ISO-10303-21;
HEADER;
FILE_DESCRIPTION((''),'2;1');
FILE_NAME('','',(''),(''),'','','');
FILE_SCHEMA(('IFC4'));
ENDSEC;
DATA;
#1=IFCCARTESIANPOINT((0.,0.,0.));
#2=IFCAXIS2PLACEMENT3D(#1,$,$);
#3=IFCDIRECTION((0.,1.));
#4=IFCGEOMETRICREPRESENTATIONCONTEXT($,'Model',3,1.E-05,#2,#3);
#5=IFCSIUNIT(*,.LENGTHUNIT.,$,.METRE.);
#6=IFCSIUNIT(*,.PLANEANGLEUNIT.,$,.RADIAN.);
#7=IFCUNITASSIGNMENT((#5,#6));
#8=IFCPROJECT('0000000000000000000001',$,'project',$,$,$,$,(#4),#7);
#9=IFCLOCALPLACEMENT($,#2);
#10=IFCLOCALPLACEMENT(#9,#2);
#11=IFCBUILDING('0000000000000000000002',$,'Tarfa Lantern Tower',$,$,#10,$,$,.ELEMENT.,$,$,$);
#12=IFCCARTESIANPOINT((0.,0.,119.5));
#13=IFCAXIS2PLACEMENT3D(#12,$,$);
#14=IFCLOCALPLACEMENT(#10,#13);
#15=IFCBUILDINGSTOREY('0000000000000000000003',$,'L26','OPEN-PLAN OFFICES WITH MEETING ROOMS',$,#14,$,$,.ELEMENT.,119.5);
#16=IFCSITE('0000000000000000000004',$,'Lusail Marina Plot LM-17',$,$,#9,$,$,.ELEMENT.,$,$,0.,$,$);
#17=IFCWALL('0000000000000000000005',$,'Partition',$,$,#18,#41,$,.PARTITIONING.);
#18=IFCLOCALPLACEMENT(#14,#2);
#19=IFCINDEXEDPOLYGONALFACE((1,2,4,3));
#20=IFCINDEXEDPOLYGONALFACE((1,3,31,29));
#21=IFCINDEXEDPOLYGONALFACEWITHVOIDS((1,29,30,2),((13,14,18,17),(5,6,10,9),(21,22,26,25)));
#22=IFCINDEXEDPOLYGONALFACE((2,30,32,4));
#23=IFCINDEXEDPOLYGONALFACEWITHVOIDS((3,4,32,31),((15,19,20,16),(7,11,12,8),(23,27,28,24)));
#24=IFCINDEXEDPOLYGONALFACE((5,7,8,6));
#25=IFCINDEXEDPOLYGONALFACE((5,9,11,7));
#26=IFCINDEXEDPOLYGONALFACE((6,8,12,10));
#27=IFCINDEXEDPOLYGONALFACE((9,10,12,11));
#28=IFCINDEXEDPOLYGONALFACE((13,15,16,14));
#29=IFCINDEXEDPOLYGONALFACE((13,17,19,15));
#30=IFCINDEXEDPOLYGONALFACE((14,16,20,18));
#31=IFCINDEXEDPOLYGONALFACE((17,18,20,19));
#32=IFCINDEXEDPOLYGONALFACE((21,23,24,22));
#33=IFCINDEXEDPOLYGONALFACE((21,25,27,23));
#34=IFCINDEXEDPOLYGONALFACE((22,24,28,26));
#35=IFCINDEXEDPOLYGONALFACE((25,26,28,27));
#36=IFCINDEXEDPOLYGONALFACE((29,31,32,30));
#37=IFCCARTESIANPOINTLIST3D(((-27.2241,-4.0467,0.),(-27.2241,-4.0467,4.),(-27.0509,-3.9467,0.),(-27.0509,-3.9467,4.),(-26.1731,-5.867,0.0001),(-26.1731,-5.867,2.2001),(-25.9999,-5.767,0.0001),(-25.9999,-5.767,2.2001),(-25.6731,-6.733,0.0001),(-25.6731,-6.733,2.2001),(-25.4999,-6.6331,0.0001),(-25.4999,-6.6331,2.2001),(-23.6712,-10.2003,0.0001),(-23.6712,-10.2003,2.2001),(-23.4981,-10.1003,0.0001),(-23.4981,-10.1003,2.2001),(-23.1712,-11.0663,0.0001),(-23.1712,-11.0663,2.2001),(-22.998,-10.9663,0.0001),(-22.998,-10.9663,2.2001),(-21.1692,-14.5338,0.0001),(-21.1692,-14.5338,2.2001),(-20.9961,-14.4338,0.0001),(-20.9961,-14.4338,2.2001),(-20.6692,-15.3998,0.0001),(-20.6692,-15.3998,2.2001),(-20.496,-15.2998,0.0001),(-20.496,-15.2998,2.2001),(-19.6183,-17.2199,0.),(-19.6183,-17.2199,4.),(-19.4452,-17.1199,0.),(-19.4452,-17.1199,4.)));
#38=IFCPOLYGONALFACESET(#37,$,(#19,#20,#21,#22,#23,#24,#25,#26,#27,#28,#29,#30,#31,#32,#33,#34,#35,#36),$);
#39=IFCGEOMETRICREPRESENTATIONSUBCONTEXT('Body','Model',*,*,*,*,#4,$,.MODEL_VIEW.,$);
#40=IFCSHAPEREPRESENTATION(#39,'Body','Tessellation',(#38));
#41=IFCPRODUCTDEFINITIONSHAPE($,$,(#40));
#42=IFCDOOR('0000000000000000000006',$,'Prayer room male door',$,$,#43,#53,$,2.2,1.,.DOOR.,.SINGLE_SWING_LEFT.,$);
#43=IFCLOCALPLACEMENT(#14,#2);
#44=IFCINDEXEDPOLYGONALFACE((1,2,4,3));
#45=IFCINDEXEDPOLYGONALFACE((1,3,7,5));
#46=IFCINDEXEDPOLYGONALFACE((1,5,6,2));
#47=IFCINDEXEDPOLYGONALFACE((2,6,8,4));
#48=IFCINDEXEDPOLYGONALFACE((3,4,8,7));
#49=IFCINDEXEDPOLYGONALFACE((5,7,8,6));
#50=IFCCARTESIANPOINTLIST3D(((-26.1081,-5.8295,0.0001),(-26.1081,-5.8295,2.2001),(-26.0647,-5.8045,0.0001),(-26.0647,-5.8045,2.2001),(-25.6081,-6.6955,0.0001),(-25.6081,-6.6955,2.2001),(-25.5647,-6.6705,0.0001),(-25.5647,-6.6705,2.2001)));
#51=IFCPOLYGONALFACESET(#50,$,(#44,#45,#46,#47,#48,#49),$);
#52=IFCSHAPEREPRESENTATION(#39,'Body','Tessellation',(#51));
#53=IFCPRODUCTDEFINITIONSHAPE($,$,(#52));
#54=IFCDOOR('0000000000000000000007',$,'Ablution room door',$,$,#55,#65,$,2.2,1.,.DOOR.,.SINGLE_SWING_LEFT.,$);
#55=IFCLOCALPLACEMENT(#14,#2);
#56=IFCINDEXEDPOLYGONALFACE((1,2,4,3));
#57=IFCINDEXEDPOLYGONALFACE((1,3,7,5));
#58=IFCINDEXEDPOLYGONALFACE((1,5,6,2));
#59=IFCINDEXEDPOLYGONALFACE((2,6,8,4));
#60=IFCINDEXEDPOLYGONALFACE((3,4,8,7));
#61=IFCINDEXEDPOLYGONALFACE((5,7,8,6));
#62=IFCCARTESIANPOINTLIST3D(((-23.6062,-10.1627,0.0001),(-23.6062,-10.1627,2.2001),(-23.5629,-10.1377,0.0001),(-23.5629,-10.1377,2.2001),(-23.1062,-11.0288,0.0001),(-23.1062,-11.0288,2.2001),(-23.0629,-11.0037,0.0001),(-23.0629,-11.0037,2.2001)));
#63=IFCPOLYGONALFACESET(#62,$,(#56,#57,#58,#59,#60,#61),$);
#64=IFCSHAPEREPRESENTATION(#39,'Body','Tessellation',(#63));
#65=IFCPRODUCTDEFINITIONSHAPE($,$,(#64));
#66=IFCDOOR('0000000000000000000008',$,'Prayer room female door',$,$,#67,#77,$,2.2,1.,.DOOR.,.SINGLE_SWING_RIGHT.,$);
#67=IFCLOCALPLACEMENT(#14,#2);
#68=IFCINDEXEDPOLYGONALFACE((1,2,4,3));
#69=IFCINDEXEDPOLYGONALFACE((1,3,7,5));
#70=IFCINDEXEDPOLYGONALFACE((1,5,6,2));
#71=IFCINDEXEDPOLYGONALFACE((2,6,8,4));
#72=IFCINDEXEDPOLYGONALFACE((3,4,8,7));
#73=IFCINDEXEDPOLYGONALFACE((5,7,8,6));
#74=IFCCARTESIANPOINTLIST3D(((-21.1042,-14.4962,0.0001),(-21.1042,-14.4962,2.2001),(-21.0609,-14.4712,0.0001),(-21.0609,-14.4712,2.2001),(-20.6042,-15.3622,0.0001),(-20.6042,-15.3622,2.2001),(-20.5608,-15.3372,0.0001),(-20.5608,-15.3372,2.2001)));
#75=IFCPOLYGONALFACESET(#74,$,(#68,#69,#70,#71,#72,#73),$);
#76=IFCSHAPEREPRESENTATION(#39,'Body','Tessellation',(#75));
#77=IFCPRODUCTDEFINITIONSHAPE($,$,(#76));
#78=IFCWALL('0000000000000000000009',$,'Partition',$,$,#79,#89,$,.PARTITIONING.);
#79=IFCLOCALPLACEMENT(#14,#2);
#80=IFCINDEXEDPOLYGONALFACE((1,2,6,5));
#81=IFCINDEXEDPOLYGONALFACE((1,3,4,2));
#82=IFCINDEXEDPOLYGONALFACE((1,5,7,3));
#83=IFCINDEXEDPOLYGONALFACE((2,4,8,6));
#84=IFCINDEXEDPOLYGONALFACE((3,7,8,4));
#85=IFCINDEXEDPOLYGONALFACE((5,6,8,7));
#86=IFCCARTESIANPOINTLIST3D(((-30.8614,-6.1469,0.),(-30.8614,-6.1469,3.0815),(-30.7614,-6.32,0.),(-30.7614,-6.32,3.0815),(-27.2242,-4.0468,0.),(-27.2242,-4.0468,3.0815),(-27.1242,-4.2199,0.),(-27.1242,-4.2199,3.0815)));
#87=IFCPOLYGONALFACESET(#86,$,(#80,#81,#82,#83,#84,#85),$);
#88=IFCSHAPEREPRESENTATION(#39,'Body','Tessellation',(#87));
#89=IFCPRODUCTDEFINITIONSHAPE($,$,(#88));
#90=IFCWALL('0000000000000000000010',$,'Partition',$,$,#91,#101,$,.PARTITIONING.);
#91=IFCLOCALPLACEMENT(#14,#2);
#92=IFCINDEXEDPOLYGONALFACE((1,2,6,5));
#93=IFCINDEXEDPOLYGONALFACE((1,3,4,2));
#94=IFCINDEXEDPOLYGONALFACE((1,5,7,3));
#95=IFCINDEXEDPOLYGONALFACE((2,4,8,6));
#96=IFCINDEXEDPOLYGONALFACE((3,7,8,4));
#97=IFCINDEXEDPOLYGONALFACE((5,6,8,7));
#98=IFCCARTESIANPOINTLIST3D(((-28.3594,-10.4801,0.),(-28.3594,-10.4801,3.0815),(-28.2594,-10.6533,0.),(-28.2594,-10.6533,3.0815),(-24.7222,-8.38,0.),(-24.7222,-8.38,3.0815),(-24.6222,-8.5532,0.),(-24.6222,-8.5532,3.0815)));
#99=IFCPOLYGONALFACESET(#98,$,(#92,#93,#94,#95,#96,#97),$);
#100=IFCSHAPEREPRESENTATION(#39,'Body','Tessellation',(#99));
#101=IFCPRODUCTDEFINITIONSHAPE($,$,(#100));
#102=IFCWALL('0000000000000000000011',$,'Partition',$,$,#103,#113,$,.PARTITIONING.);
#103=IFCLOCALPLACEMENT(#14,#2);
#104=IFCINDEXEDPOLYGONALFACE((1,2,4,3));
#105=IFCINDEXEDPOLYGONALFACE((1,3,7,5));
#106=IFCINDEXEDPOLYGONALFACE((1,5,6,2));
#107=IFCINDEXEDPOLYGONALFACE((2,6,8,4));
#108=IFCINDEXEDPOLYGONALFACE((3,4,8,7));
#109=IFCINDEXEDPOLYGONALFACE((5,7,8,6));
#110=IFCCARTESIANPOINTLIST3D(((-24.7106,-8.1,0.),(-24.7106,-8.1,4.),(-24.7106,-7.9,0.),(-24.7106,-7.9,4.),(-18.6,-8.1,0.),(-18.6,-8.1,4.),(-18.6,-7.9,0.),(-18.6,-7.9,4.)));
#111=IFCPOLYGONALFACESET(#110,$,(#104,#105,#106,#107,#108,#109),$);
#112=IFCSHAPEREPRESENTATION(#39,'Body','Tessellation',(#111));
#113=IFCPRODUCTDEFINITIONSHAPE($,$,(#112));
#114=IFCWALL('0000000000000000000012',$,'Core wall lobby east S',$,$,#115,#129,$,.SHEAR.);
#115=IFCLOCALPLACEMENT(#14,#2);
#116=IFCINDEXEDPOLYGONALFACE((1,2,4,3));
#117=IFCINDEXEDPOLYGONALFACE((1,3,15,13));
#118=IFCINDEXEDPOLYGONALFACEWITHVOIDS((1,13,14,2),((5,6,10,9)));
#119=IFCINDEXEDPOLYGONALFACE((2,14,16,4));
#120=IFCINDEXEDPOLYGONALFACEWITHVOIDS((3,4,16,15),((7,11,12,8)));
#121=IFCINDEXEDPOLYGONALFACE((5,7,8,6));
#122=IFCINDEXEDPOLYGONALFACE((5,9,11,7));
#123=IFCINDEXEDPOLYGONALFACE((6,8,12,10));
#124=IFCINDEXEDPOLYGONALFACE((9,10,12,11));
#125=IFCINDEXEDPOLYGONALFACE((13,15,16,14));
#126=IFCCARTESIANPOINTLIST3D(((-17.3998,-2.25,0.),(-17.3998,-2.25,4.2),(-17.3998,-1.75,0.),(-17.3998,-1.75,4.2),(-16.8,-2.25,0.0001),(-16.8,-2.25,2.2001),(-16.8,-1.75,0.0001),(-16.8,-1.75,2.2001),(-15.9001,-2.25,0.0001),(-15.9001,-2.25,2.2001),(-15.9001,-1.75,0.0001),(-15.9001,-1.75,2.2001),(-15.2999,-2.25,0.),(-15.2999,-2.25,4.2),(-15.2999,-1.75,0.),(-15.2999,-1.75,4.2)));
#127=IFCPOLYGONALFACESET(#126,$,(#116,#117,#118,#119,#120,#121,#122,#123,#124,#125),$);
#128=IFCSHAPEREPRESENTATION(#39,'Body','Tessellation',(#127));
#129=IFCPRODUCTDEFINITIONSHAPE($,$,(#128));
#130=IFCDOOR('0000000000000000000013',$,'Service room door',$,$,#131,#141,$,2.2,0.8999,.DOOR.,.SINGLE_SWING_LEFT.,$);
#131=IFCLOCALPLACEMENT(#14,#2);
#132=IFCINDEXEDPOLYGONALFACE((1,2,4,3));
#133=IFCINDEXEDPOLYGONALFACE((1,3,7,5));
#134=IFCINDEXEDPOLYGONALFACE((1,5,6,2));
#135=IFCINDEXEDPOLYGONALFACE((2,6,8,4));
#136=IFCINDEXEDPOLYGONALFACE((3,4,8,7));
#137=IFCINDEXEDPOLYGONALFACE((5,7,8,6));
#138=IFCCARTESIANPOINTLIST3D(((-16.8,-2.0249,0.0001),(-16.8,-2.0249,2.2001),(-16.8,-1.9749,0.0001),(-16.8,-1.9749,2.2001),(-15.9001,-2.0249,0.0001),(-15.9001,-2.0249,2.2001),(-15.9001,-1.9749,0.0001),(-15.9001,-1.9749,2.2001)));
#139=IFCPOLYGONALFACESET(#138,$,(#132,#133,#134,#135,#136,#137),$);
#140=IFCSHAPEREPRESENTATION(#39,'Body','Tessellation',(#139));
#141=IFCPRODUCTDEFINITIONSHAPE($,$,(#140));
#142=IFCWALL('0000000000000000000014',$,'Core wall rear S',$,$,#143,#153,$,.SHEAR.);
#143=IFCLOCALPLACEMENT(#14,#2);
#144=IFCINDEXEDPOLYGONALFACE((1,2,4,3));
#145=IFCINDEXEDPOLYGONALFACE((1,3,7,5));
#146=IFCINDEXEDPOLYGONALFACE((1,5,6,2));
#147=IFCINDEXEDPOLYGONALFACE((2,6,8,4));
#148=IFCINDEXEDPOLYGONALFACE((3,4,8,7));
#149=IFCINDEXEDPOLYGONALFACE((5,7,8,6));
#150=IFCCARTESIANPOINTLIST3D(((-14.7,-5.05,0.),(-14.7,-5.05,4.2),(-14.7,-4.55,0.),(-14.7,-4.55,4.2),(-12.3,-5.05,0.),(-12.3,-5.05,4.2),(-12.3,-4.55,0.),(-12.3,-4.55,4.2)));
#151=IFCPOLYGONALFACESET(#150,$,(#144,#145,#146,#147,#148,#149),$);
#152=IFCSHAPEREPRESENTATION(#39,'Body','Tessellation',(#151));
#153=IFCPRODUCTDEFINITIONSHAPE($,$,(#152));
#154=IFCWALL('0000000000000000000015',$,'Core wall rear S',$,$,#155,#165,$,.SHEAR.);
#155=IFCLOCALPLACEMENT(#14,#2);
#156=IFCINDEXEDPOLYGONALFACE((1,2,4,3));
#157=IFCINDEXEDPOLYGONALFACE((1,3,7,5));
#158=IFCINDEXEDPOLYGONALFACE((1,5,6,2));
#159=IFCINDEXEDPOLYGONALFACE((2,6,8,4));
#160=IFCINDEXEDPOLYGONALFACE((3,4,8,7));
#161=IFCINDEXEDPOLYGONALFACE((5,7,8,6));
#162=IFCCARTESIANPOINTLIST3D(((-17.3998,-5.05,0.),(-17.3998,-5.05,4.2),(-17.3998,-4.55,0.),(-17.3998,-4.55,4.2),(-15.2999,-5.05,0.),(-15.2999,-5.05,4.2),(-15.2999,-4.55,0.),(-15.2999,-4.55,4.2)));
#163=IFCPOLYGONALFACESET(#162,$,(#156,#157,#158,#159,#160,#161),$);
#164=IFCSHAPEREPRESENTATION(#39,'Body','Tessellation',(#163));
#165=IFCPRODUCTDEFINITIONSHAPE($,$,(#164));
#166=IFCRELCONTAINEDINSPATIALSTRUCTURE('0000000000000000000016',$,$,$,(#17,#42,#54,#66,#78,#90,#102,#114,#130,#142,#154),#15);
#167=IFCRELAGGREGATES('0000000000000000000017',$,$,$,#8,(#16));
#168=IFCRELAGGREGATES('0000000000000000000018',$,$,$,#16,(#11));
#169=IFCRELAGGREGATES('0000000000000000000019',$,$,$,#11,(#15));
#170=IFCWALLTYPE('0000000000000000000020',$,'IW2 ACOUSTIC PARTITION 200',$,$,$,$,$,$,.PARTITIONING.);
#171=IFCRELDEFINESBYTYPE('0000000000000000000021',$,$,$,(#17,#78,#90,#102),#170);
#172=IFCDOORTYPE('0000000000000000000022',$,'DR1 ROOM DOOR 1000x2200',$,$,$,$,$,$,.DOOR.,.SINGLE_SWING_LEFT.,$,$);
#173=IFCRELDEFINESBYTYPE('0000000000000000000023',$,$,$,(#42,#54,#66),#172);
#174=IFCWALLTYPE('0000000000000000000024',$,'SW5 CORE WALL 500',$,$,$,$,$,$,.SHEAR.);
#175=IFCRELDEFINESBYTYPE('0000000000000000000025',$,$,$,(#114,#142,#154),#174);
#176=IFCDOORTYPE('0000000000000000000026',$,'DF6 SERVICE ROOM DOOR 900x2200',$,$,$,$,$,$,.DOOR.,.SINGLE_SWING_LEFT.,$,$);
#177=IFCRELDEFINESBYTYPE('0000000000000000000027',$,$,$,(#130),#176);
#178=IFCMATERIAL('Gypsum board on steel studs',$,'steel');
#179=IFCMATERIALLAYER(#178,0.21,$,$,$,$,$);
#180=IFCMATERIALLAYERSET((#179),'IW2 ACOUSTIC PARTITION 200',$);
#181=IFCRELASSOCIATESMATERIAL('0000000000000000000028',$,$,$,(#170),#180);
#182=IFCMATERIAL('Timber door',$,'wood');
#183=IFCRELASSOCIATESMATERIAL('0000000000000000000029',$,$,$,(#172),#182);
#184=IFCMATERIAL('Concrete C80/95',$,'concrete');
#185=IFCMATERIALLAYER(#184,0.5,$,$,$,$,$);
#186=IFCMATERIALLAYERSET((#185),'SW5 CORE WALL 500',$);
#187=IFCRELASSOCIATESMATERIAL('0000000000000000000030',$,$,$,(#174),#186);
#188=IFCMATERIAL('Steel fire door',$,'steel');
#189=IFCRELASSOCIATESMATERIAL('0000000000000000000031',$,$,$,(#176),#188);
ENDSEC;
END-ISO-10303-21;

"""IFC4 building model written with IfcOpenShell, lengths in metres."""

from ifc_helpers import new_model, si_unit, direction, frame, frame_2d, origin, place, context, subcontext, project, spatial, rectangle, extrude, material, layer, layer_set, type_object, element, fill, save


model = new_model("IFC4")

# Units and contexts
model_context = context("Model", 3, precision=1e-05, world=origin(), true_north=direction((0.0, 1.0)))
body_context = subcontext(model_context, "Body", "Model", "MODEL_VIEW")
ifc_project = project(units=[si_unit("LENGTHUNIT", "METRE"), si_unit("PLANEANGLEUNIT", "RADIAN")], contexts=[model_context])

# Site, building, storey
site_placement = place(None, origin())
site = spatial("IfcSite", under=ifc_project, at=site_placement, Name="Lusail Marina Plot LM-17", CompositionType="ELEMENT", RefElevation=0.0)
building_placement = place(site_placement, origin())
building = spatial("IfcBuilding", under=site, at=building_placement, Name="Tarfa Lantern Tower", CompositionType="ELEMENT")
storey_placement = place(building_placement, frame((0.0, 0.0, 119.5)))
storey = spatial("IfcBuildingStorey", under=building, at=storey_placement, Name="L26", Description="OPEN-PLAN OFFICES WITH MEETING ROOMS", CompositionType="ELEMENT", Elevation=119.5)

# Wall, openings, doors
ifc_material_1 = material(Name="Gypsum board on steel studs", Category="steel")
ifc_layer_1 = layer(ifc_material_1, 0.21)
ifc_layer_set_1 = layer_set([ifc_layer_1], Name="IW2 ACOUSTIC PARTITION 200")
wall_type_1 = type_object("IfcWallType", Name="IW2 ACOUSTIC PARTITION 200", PredefinedType="PARTITIONING", material=ifc_layer_set_1)
wall_1_placement = place(storey_placement, frame((-27.1375, -3.9968, 0.0), z_axis=(0.0, 0.0, 1.0), x_axis=(0.500011, -0.866019, 0.0)))
wall_1 = element("IfcWall", 1, at=wall_1_placement, inside=storey, type_object=wall_type_1, Name="Partition", PredefinedType="PARTITIONING", context=body_context, shape_type="SweptSolid", body=[
    extrude(rectangle(XDim=15.2112, YDim=0.2, at=frame_2d((7.6055, 0.0))), origin(), (0.0, 0.0, 1.0), 4.0),
])
opening_1_placement = place(wall_1_placement, frame((2.1018, 0.0, 0.0)))
opening_1 = element("IfcOpeningElement", 2, at=opening_1_placement, cuts=wall_1, PredefinedType="OPENING", context=body_context, shape_type="SweptSolid", body=[
    extrude(rectangle(XDim=1.0, YDim=2.2, at=frame_2d((0.5, 1.1001))), frame((0.0, 0.1099, 0.0), z_axis=(0.0, -1.0, 0.0), x_axis=(1.0, 0.0, 0.0)), (0.0, 0.0, 1.0), 0.22),
])
opening_2_placement = place(wall_1_placement, frame((7.1055, 0.0, 0.0)))
opening_2 = element("IfcOpeningElement", 3, at=opening_2_placement, cuts=wall_1, PredefinedType="OPENING", context=body_context, shape_type="SweptSolid", body=[
    extrude(rectangle(XDim=1.0, YDim=2.2, at=frame_2d((0.5, 1.1001))), frame((0.0, 0.1099, 0.0), z_axis=(0.0, -1.0, 0.0), x_axis=(1.0, 0.0, 0.0)), (0.0, 0.0, 1.0), 0.22),
])
opening_3_placement = place(wall_1_placement, frame((12.1094, 0.0, 0.0)))
opening_3 = element("IfcOpeningElement", 4, at=opening_3_placement, cuts=wall_1, PredefinedType="OPENING", context=body_context, shape_type="SweptSolid", body=[
    extrude(rectangle(XDim=1.0, YDim=2.2, at=frame_2d((0.5, 1.1001))), frame((0.0, 0.1099, 0.0), z_axis=(0.0, -1.0, 0.0), x_axis=(1.0, 0.0, 0.0)), (0.0, 0.0, 1.0), 0.22),
])
ifc_material_2 = material(Name="Timber door", Category="wood")
door_type_1 = type_object("IfcDoorType", Name="DR1 ROOM DOOR 1000x2200", OperationType="SINGLE_SWING_LEFT", PredefinedType="DOOR", material=ifc_material_2)
door_1_placement = place(opening_1_placement, frame((1.0, 0.0, 0.0), z_axis=(0.0, 0.0, 1.0), x_axis=(-1.0, 0.0, 0.0)))
door_1 = element("IfcDoor", 5, at=door_1_placement, inside=storey, type_object=door_type_1, Name="Prayer room male door", OperationType="SINGLE_SWING_LEFT", OverallHeight=2.2, OverallWidth=1.0, PredefinedType="DOOR", context=body_context, shape_type="SweptSolid", body=[
    extrude(rectangle(XDim=1.0, YDim=2.2, at=frame_2d((0.5, 1.1001))), frame((0.0, 0.0249, 0.0), z_axis=(0.0, -1.0, 0.0), x_axis=(1.0, 0.0, 0.0)), (0.0, 0.0, 1.0), 0.05),
])
fill(opening_1, door_1)
door_2_placement = place(opening_2_placement, frame((1.0, 0.0, 0.0), z_axis=(0.0, 0.0, 1.0), x_axis=(-1.0, 0.0, 0.0)))
door_2 = element("IfcDoor", 6, at=door_2_placement, inside=storey, type_object=door_type_1, Name="Ablution room door", OperationType="SINGLE_SWING_LEFT", OverallHeight=2.2, OverallWidth=1.0, PredefinedType="DOOR", context=body_context, shape_type="SweptSolid", body=[
    extrude(rectangle(XDim=1.0, YDim=2.2, at=frame_2d((0.5, 1.1001))), frame((0.0, 0.0249, 0.0), z_axis=(0.0, -1.0, 0.0), x_axis=(1.0, 0.0, 0.0)), (0.0, 0.0, 1.0), 0.05),
])
fill(opening_2, door_2)
door_3_placement = place(opening_3_placement, frame((1.0, 0.0, 0.0), z_axis=(0.0, 0.0, 1.0), x_axis=(-1.0, 0.0, 0.0)))
door_3 = element("IfcDoor", 7, at=door_3_placement, inside=storey, type_object=door_type_1, Name="Prayer room female door", OperationType="SINGLE_SWING_RIGHT", OverallHeight=2.2, OverallWidth=1.0, PredefinedType="DOOR", context=body_context, shape_type="SweptSolid", body=[
    extrude(rectangle(XDim=1.0, YDim=2.2, at=frame_2d((0.5, 1.1001))), frame((0.0, 0.0249, 0.0), z_axis=(0.0, -1.0, 0.0), x_axis=(1.0, 0.0, 0.0)), (0.0, 0.0, 1.0), 0.05),
])
fill(opening_3, door_3)

# Walls
for number, where, z_axis, x_axis, name in (
    (8, (-27.1741, -4.1333, 0.0), (0.0, 0.0, 1.0), (-0.866009, -0.500028, 0.0), "Partition"),
    (9, (-24.6721, -8.4666, 0.0), (0.0, 0.0, 1.0), (-0.866009, -0.500028, 0.0), "Partition"),
):
    element("IfcWall", number, at=place(storey_placement, frame(where, z_axis=z_axis, x_axis=x_axis)), inside=storey, type_object=wall_type_1, Name=name, PredefinedType="PARTITIONING", context=body_context, shape_type="SweptSolid", body=[
        extrude(rectangle(XDim=4.2, YDim=0.2, at=frame_2d((2.1001, 0.0))), origin(), (0.0, 0.0, 1.0), 3.0815),
    ])
wall_2_placement = place(storey_placement, frame((-18.6001, -8.0, 0.0), z_axis=(0.0, 0.0, 1.0), x_axis=(-1.0, 0.0, 0.0)))
element("IfcWall", 10, at=wall_2_placement, inside=storey, type_object=wall_type_1, Name="Partition", PredefinedType="PARTITIONING", context=body_context, shape_type="SweptSolid", body=[
    extrude(rectangle(XDim=6.1106, YDim=0.2, at=frame_2d((3.0552, 0.0))), origin(), (0.0, 0.0, 1.0), 4.0),
])

# Wall, opening, door
ifc_material_3 = material(Name="Concrete C80/95", Category="concrete")
ifc_layer_2 = layer(ifc_material_3, 0.5)
ifc_layer_set_2 = layer_set([ifc_layer_2], Name="SW5 CORE WALL 500")
wall_type_2 = type_object("IfcWallType", Name="SW5 CORE WALL 500", PredefinedType="SHEAR", material=ifc_layer_set_2)
wall_3_placement = place(storey_placement, frame((-15.3, -2.0, 0.0), z_axis=(0.0, 0.0, 1.0), x_axis=(-1.0, 0.0, 0.0)))
wall_3 = element("IfcWall", 11, at=wall_3_placement, inside=storey, type_object=wall_type_2, Name="Core wall lobby east S", PredefinedType="SHEAR", context=body_context, shape_type="SweptSolid", body=[
    extrude(rectangle(XDim=2.0999, YDim=0.5, at=frame_2d((1.0498, 0.0))), origin(), (0.0, 0.0, 1.0), 4.2),
])
opening_4_placement = place(wall_3_placement, frame((0.6001, 0.0, 0.0)))
opening_4 = element("IfcOpeningElement", 12, at=opening_4_placement, cuts=wall_3, PredefinedType="OPENING", context=body_context, shape_type="SweptSolid", body=[
    extrude(rectangle(XDim=0.8999, YDim=2.2, at=frame_2d((0.45, 1.1001))), frame((0.0, 0.26, 0.0), z_axis=(0.0, -1.0, 0.0), x_axis=(1.0, 0.0, 0.0)), (0.0, 0.0, 1.0), 0.52),
])
ifc_material_4 = material(Name="Steel fire door", Category="steel")
door_type_2 = type_object("IfcDoorType", Name="DF6 SERVICE ROOM DOOR 900x2200", OperationType="SINGLE_SWING_LEFT", PredefinedType="DOOR", material=ifc_material_4)
door_4_placement = place(opening_4_placement, origin())
door_4 = element("IfcDoor", 13, at=door_4_placement, inside=storey, type_object=door_type_2, Name="Service room door", OperationType="SINGLE_SWING_LEFT", OverallHeight=2.2, OverallWidth=0.8999, PredefinedType="DOOR", context=body_context, shape_type="SweptSolid", body=[
    extrude(rectangle(XDim=0.8999, YDim=2.2, at=frame_2d((0.45, 1.1001))), frame((0.0, 0.0249, 0.0), z_axis=(0.0, -1.0, 0.0), x_axis=(1.0, 0.0, 0.0)), (0.0, 0.0, 1.0), 0.05),
])
fill(opening_4, door_4)

# Walls
wall_4_placement = place(storey_placement, frame((-12.3, -4.8, 0.0), z_axis=(0.0, 0.0, 1.0), x_axis=(-1.0, 0.0, 0.0)))
element("IfcWall", 14, at=wall_4_placement, inside=storey, type_object=wall_type_2, Name="Core wall rear S", PredefinedType="SHEAR", context=body_context, shape_type="SweptSolid", body=[
    extrude(rectangle(XDim=2.3999, YDim=0.5, at=frame_2d((1.2, 0.0))), origin(), (0.0, 0.0, 1.0), 4.2),
])
wall_5_placement = place(storey_placement, frame((-15.3, -4.8, 0.0), z_axis=(0.0, 0.0, 1.0), x_axis=(-1.0, 0.0, 0.0)))
element("IfcWall", 15, at=wall_5_placement, inside=storey, type_object=wall_type_2, Name="Core wall rear S", PredefinedType="SHEAR", context=body_context, shape_type="SweptSolid", body=[
    extrude(rectangle(XDim=2.0999, YDim=0.5, at=frame_2d((1.0498, 0.0))), origin(), (0.0, 0.0, 1.0), 4.2),
])

save(model, "model.ifc")
